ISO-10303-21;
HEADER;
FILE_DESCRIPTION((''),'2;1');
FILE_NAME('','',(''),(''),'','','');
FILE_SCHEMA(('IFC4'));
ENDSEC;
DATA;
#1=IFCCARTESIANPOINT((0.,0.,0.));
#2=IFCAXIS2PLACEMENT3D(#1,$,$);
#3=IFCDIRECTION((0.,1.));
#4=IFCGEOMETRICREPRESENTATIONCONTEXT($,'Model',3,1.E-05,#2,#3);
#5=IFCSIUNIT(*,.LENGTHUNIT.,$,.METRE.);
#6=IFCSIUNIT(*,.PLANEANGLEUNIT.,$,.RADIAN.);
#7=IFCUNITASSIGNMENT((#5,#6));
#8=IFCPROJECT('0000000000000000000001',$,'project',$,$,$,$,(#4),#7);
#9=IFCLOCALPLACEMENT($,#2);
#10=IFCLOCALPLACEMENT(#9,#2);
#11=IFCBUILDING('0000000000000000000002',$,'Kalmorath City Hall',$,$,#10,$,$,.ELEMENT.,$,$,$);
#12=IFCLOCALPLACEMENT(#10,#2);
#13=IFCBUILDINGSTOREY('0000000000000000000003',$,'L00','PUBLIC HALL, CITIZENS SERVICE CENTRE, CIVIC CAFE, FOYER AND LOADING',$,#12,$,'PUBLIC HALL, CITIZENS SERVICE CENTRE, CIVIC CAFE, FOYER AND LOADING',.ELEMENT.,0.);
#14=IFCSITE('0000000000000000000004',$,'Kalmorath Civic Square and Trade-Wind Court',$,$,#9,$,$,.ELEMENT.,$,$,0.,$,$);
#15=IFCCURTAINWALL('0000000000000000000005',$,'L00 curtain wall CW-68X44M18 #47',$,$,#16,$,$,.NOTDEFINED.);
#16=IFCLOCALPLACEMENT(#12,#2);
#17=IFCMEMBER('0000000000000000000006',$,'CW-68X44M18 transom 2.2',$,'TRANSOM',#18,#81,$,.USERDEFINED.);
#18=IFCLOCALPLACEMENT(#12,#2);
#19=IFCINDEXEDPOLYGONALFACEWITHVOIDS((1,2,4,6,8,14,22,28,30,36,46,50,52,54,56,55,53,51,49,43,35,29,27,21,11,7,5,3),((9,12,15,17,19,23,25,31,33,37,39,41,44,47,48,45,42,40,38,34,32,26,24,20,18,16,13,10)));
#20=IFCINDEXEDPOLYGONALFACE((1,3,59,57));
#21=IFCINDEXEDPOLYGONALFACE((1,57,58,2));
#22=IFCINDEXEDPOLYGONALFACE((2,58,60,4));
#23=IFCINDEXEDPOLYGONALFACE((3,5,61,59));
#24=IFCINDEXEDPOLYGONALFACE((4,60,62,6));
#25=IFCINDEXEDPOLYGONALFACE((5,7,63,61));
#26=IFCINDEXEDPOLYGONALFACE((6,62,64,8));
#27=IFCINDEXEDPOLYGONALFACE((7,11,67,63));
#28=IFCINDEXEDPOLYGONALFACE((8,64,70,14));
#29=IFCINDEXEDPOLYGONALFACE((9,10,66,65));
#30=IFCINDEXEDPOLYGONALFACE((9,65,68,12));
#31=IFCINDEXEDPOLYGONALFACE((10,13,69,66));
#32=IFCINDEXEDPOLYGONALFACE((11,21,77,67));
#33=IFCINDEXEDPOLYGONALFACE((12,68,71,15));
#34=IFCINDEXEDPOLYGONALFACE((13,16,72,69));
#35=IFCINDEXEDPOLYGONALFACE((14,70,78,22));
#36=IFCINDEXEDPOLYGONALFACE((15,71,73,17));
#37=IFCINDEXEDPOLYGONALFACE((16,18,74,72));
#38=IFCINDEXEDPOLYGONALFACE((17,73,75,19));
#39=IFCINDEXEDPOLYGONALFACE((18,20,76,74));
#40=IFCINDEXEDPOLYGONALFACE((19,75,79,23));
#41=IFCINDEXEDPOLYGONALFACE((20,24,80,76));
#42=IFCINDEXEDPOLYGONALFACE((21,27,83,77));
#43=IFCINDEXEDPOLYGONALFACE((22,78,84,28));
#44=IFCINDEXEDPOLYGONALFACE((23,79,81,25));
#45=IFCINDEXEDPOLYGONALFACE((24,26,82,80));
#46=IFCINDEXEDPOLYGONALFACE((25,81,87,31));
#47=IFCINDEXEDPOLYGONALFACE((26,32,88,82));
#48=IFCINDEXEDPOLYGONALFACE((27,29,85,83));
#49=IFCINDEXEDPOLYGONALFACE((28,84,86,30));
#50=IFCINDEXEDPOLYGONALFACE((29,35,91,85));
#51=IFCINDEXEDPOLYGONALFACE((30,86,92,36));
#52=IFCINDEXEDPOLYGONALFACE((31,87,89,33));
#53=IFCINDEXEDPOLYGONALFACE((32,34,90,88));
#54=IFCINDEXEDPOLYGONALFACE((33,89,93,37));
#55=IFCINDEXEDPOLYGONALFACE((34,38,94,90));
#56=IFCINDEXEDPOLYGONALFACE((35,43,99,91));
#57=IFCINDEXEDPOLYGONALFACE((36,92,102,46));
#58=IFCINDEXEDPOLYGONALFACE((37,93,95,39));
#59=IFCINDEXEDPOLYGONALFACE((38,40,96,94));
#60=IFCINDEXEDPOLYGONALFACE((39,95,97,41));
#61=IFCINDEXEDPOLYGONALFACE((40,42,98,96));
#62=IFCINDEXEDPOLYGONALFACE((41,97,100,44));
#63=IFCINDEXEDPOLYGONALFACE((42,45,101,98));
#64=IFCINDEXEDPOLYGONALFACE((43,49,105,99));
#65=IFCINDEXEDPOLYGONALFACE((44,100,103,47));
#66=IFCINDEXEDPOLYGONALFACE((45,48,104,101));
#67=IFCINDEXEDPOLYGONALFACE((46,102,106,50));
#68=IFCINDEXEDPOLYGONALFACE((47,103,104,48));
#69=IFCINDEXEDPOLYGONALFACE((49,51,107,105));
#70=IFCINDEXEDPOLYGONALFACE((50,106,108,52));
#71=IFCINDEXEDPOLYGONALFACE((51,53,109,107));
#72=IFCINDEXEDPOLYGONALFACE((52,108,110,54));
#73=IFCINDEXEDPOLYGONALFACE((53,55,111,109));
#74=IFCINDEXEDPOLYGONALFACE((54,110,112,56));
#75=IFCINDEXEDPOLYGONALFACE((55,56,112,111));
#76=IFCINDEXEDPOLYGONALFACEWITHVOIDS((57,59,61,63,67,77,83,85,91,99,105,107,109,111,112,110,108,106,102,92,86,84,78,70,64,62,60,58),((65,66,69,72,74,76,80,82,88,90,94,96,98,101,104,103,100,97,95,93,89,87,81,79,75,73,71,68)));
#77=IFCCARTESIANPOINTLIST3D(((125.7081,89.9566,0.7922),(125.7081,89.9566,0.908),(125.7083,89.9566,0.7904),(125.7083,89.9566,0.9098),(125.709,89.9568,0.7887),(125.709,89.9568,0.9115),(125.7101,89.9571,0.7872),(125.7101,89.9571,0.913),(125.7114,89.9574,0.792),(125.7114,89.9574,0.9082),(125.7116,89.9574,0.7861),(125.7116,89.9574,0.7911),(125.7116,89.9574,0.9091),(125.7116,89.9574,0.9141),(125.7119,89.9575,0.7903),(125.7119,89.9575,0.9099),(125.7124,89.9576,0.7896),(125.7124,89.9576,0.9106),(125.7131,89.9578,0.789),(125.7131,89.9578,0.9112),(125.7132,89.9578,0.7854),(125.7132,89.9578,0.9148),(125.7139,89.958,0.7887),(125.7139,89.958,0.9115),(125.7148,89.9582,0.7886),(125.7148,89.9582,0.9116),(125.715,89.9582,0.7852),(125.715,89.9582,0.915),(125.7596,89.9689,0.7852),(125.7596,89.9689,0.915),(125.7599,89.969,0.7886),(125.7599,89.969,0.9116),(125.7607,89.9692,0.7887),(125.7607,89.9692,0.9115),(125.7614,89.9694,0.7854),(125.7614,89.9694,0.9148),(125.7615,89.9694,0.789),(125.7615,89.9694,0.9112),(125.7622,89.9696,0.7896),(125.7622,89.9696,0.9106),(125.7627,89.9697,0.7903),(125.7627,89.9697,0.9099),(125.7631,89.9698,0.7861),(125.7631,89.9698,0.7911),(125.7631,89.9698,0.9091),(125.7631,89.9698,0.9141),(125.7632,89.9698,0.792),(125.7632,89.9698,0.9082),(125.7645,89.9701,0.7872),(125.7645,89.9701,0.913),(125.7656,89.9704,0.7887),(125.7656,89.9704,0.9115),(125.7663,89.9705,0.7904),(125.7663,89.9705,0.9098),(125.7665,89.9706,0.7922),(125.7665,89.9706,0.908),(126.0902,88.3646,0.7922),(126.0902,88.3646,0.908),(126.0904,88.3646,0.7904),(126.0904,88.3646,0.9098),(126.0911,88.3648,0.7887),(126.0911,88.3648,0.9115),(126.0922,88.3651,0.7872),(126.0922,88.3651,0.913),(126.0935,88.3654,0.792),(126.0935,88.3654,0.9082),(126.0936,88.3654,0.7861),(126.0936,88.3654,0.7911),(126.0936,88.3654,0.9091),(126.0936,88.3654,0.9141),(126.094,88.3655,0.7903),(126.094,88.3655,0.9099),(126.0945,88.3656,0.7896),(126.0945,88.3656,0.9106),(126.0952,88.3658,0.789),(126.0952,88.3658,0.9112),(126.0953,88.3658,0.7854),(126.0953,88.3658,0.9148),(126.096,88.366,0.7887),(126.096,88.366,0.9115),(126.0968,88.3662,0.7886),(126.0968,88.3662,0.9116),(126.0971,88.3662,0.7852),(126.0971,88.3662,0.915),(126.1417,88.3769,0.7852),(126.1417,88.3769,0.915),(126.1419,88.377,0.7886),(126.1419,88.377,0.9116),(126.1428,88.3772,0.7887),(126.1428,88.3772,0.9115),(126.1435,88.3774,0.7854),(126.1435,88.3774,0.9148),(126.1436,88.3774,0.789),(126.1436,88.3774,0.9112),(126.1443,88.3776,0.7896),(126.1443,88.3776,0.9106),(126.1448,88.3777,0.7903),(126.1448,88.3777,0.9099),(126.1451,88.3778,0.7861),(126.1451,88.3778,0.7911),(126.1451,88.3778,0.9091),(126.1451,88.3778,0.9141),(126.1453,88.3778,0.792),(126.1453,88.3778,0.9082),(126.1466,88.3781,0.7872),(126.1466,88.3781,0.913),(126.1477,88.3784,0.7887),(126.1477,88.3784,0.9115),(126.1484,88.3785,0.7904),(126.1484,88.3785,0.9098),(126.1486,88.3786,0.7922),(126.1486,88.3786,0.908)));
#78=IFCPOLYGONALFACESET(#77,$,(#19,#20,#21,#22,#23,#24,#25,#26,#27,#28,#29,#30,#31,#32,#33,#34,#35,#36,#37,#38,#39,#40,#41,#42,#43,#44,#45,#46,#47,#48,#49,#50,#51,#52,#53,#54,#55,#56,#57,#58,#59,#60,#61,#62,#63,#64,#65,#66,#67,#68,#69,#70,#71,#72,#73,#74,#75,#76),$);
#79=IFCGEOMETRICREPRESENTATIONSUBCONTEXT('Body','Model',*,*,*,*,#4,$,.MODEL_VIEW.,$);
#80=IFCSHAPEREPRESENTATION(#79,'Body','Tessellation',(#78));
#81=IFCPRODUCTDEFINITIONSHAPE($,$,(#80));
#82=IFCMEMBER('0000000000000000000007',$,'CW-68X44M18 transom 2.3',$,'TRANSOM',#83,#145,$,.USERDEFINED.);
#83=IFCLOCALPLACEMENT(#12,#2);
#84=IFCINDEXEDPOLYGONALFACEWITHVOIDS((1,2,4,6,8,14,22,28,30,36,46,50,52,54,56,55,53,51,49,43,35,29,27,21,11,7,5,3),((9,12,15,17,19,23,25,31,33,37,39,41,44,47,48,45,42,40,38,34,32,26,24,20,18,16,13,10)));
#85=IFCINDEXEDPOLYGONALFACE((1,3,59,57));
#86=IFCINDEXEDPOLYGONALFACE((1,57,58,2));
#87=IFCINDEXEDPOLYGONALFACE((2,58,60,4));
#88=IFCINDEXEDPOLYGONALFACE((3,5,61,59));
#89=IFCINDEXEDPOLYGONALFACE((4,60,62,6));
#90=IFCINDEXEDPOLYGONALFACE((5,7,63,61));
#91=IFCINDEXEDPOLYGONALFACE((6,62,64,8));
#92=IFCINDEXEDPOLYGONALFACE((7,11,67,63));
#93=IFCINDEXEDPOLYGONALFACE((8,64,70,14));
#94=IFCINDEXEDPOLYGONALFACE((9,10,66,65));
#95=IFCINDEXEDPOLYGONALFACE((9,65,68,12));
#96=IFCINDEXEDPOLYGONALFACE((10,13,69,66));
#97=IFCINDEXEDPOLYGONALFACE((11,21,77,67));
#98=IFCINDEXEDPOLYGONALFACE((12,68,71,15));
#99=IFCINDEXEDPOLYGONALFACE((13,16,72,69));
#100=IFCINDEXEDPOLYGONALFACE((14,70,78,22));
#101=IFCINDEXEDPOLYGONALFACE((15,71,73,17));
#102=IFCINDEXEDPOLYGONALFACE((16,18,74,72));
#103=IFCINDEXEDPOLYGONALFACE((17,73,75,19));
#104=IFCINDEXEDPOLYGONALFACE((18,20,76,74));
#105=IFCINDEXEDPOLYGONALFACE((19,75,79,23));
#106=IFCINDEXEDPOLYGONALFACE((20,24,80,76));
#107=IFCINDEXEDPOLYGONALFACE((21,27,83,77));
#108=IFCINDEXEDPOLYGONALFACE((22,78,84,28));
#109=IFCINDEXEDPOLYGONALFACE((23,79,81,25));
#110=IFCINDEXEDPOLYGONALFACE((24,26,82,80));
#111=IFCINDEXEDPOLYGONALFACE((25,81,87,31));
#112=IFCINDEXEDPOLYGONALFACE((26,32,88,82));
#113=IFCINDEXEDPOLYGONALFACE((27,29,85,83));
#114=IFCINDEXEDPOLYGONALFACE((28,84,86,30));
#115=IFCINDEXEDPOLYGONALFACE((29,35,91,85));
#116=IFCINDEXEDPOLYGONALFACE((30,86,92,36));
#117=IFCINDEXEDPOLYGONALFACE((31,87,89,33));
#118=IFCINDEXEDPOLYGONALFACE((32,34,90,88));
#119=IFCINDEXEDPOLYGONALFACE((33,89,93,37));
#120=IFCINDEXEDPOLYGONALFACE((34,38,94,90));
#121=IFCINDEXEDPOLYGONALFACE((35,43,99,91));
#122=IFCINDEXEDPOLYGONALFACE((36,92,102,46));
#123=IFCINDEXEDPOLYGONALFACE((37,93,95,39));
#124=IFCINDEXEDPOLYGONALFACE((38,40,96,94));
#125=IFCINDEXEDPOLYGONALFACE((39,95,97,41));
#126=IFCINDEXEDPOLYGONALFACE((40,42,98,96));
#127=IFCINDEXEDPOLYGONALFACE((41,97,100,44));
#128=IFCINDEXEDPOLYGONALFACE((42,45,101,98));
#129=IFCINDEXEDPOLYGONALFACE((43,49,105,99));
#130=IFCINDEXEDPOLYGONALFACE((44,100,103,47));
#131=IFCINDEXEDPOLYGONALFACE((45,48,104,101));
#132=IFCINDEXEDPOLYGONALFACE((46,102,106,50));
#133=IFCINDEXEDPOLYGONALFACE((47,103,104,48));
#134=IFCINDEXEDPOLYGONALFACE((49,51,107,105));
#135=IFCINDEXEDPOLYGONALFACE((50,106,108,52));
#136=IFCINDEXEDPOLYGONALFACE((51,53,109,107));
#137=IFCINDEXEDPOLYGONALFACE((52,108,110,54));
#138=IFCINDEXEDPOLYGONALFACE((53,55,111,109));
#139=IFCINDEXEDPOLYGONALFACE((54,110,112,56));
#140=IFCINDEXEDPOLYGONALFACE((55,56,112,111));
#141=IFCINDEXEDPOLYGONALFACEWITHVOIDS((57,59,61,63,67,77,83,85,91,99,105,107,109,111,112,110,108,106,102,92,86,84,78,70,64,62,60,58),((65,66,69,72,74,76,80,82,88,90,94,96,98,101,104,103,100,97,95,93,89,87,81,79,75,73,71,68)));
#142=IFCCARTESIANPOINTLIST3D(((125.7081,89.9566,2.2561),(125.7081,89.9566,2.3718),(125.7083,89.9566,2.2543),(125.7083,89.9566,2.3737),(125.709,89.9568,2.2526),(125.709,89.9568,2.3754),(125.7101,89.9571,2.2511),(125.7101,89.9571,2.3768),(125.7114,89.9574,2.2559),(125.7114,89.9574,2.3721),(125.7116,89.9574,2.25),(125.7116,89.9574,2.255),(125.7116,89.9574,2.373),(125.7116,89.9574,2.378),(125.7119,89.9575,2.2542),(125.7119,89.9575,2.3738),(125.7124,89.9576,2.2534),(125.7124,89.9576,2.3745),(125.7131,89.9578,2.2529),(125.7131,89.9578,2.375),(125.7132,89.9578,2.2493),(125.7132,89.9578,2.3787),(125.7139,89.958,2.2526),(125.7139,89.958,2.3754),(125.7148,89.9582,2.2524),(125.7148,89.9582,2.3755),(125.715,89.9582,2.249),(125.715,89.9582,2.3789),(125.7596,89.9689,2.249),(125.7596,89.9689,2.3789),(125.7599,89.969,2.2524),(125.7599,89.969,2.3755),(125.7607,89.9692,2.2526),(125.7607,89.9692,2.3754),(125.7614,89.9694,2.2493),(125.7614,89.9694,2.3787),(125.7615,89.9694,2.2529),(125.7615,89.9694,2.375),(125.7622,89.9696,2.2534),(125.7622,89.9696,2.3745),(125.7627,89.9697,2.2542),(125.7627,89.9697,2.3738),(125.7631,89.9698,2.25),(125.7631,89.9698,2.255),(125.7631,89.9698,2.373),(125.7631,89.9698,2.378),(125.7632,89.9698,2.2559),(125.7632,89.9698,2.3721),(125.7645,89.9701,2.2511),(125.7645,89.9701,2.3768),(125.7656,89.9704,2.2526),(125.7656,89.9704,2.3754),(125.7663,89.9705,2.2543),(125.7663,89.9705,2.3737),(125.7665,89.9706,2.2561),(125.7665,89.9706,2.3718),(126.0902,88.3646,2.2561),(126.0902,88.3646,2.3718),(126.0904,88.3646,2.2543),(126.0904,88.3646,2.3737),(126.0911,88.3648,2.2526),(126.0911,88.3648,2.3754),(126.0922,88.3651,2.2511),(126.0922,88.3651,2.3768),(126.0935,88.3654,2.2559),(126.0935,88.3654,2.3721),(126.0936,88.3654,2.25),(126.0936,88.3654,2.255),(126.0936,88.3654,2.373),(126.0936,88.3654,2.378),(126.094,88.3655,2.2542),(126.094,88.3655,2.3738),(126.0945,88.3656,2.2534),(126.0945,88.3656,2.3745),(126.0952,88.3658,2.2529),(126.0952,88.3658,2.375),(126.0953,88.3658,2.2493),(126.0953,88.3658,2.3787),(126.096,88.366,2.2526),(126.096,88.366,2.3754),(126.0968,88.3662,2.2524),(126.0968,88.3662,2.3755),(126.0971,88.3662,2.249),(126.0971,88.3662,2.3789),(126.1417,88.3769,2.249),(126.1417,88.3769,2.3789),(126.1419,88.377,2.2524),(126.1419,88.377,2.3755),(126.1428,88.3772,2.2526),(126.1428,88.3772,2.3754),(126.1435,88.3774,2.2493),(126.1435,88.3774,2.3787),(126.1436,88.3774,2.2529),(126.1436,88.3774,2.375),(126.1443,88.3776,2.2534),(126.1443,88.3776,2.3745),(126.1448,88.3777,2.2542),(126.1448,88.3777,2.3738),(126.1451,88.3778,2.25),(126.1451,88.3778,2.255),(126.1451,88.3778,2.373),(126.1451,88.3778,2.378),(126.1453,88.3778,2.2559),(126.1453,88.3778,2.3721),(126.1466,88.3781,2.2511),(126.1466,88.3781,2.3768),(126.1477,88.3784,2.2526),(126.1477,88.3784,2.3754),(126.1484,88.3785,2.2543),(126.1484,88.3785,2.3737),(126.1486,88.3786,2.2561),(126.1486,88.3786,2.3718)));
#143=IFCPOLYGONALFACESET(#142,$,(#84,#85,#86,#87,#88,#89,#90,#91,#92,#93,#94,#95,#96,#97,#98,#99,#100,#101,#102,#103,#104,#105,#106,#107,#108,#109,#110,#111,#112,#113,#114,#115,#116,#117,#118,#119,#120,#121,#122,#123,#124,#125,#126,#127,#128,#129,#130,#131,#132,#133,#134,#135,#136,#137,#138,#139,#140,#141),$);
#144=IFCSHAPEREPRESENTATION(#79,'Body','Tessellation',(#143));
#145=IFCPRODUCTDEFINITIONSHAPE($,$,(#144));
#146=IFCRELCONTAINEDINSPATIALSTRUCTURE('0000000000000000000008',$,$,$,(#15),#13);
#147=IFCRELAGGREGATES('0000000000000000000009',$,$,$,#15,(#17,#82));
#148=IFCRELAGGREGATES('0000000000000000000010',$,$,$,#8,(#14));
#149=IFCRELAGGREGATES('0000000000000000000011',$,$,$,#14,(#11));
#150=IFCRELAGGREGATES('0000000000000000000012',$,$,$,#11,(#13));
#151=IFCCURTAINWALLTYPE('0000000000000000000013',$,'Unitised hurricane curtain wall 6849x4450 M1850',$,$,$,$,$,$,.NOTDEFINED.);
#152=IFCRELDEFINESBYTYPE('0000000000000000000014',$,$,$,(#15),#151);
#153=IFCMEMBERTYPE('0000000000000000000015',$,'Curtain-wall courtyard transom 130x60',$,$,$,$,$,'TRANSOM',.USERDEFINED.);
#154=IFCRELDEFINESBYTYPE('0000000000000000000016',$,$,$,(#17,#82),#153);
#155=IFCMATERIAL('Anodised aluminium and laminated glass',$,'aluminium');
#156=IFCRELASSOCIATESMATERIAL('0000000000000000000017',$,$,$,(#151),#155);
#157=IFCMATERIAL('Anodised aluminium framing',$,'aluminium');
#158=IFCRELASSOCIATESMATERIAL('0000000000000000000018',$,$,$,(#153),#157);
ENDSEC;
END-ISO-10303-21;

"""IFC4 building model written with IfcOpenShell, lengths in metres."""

from ifc_helpers import new_model, si_unit, direction, frame, origin, origin_2d, place, context, subcontext, project, spatial, hollow_rectangle, extrude, material, material_profile, profile_set, type_object, element, aggregate, save


model = new_model("IFC4")

# Units and contexts
model_context = context("Model", 3, precision=1e-05, world=origin(), true_north=direction((0.0, 1.0)))
body_context = subcontext(model_context, "Body", "Model", "MODEL_VIEW")
ifc_project = project(units=[si_unit("LENGTHUNIT", "METRE"), si_unit("PLANEANGLEUNIT", "RADIAN")], contexts=[model_context])

# Site, building, storey
site_placement = place(None, origin())
site = spatial("IfcSite", under=ifc_project, at=site_placement, Name="Kalmorath Civic Square and Trade-Wind Court", CompositionType="ELEMENT", RefElevation=0.0)
building_placement = place(site_placement, origin())
building = spatial("IfcBuilding", under=site, at=building_placement, Name="Kalmorath City Hall", CompositionType="ELEMENT")
storey_placement = place(building_placement, origin())
storey = spatial("IfcBuildingStorey", under=building, at=storey_placement, Name="L00", Description="PUBLIC HALL, CITIZENS SERVICE CENTRE, CIVIC CAFE, FOYER AND LOADING", LongName="PUBLIC HALL, CITIZENS SERVICE CENTRE, CIVIC CAFE, FOYER AND LOADING", CompositionType="ELEMENT", Elevation=0.0)

# Curtain wall, members
ifc_material_1 = material(Name="Anodised aluminium and laminated glass", Category="aluminium")
curtain_wall_type = type_object("IfcCurtainWallType", Name="Unitised hurricane curtain wall 6849x4450 M1850", PredefinedType="NOTDEFINED", material=ifc_material_1)
curtain_wall_placement = place(storey_placement, origin())
curtain_wall = element("IfcCurtainWall", 1, at=curtain_wall_placement, inside=storey, type_object=curtain_wall_type, Name="L00 curtain wall CW-68X44M18 #47", PredefinedType="NOTDEFINED")
ifc_material_2 = material(Name="Anodised aluminium framing", Category="aluminium")
ifc_material_profile_1 = material_profile(ifc_material_2, hollow_rectangle(XDim=0.0601, YDim=0.1299, WallThickness=0.0034, InnerFilletRadius=0.0034, OuterFilletRadius=0.0071, at=origin_2d()), Name="ALU-TRN-130X60X3.5")
ifc_profile_set_1 = profile_set([ifc_material_profile_1], Name="Anodised aluminium framing")
member_type_1 = type_object("IfcMemberType", Name="Curtain-wall courtyard transom 130x60", ElementType="TRANSOM", PredefinedType="USERDEFINED", material=ifc_profile_set_1)
member_1_placement = place(storey_placement, frame((126.1194, 88.3716, 0.8501), z_axis=(-0.233367, 0.972389, 0.0), x_axis=(-0.972389, -0.233367, 0.0)))
member_1 = element("IfcMember", 2, at=member_1_placement, type_object=member_type_1, Name="CW-68X44M18 transom 2.2", ObjectType="TRANSOM", PredefinedType="USERDEFINED", context=body_context, shape_type="SweptSolid", body=[
    extrude(hollow_rectangle(XDim=0.0601, YDim=0.1299, WallThickness=0.0034, InnerFilletRadius=0.0034, OuterFilletRadius=0.0071, at=origin_2d()), origin(), (0.0, 0.0, 1.0), 1.6372),
])
member_2_placement = place(storey_placement, frame((126.1194, 88.3716, 2.314), z_axis=(-0.233367, 0.972389, 0.0), x_axis=(-0.972389, -0.233367, 0.0)))
member_2 = element("IfcMember", 3, at=member_2_placement, type_object=member_type_1, Name="CW-68X44M18 transom 2.3", ObjectType="TRANSOM", PredefinedType="USERDEFINED", context=body_context, shape_type="SweptSolid", body=[
    extrude(hollow_rectangle(XDim=0.0601, YDim=0.1299, WallThickness=0.0034, InnerFilletRadius=0.0034, OuterFilletRadius=0.0071, at=origin_2d()), origin(), (0.0, 0.0, 1.0), 1.6372),
])
aggregate(curtain_wall, [member_1, member_2])

save(model, "model.ifc")
